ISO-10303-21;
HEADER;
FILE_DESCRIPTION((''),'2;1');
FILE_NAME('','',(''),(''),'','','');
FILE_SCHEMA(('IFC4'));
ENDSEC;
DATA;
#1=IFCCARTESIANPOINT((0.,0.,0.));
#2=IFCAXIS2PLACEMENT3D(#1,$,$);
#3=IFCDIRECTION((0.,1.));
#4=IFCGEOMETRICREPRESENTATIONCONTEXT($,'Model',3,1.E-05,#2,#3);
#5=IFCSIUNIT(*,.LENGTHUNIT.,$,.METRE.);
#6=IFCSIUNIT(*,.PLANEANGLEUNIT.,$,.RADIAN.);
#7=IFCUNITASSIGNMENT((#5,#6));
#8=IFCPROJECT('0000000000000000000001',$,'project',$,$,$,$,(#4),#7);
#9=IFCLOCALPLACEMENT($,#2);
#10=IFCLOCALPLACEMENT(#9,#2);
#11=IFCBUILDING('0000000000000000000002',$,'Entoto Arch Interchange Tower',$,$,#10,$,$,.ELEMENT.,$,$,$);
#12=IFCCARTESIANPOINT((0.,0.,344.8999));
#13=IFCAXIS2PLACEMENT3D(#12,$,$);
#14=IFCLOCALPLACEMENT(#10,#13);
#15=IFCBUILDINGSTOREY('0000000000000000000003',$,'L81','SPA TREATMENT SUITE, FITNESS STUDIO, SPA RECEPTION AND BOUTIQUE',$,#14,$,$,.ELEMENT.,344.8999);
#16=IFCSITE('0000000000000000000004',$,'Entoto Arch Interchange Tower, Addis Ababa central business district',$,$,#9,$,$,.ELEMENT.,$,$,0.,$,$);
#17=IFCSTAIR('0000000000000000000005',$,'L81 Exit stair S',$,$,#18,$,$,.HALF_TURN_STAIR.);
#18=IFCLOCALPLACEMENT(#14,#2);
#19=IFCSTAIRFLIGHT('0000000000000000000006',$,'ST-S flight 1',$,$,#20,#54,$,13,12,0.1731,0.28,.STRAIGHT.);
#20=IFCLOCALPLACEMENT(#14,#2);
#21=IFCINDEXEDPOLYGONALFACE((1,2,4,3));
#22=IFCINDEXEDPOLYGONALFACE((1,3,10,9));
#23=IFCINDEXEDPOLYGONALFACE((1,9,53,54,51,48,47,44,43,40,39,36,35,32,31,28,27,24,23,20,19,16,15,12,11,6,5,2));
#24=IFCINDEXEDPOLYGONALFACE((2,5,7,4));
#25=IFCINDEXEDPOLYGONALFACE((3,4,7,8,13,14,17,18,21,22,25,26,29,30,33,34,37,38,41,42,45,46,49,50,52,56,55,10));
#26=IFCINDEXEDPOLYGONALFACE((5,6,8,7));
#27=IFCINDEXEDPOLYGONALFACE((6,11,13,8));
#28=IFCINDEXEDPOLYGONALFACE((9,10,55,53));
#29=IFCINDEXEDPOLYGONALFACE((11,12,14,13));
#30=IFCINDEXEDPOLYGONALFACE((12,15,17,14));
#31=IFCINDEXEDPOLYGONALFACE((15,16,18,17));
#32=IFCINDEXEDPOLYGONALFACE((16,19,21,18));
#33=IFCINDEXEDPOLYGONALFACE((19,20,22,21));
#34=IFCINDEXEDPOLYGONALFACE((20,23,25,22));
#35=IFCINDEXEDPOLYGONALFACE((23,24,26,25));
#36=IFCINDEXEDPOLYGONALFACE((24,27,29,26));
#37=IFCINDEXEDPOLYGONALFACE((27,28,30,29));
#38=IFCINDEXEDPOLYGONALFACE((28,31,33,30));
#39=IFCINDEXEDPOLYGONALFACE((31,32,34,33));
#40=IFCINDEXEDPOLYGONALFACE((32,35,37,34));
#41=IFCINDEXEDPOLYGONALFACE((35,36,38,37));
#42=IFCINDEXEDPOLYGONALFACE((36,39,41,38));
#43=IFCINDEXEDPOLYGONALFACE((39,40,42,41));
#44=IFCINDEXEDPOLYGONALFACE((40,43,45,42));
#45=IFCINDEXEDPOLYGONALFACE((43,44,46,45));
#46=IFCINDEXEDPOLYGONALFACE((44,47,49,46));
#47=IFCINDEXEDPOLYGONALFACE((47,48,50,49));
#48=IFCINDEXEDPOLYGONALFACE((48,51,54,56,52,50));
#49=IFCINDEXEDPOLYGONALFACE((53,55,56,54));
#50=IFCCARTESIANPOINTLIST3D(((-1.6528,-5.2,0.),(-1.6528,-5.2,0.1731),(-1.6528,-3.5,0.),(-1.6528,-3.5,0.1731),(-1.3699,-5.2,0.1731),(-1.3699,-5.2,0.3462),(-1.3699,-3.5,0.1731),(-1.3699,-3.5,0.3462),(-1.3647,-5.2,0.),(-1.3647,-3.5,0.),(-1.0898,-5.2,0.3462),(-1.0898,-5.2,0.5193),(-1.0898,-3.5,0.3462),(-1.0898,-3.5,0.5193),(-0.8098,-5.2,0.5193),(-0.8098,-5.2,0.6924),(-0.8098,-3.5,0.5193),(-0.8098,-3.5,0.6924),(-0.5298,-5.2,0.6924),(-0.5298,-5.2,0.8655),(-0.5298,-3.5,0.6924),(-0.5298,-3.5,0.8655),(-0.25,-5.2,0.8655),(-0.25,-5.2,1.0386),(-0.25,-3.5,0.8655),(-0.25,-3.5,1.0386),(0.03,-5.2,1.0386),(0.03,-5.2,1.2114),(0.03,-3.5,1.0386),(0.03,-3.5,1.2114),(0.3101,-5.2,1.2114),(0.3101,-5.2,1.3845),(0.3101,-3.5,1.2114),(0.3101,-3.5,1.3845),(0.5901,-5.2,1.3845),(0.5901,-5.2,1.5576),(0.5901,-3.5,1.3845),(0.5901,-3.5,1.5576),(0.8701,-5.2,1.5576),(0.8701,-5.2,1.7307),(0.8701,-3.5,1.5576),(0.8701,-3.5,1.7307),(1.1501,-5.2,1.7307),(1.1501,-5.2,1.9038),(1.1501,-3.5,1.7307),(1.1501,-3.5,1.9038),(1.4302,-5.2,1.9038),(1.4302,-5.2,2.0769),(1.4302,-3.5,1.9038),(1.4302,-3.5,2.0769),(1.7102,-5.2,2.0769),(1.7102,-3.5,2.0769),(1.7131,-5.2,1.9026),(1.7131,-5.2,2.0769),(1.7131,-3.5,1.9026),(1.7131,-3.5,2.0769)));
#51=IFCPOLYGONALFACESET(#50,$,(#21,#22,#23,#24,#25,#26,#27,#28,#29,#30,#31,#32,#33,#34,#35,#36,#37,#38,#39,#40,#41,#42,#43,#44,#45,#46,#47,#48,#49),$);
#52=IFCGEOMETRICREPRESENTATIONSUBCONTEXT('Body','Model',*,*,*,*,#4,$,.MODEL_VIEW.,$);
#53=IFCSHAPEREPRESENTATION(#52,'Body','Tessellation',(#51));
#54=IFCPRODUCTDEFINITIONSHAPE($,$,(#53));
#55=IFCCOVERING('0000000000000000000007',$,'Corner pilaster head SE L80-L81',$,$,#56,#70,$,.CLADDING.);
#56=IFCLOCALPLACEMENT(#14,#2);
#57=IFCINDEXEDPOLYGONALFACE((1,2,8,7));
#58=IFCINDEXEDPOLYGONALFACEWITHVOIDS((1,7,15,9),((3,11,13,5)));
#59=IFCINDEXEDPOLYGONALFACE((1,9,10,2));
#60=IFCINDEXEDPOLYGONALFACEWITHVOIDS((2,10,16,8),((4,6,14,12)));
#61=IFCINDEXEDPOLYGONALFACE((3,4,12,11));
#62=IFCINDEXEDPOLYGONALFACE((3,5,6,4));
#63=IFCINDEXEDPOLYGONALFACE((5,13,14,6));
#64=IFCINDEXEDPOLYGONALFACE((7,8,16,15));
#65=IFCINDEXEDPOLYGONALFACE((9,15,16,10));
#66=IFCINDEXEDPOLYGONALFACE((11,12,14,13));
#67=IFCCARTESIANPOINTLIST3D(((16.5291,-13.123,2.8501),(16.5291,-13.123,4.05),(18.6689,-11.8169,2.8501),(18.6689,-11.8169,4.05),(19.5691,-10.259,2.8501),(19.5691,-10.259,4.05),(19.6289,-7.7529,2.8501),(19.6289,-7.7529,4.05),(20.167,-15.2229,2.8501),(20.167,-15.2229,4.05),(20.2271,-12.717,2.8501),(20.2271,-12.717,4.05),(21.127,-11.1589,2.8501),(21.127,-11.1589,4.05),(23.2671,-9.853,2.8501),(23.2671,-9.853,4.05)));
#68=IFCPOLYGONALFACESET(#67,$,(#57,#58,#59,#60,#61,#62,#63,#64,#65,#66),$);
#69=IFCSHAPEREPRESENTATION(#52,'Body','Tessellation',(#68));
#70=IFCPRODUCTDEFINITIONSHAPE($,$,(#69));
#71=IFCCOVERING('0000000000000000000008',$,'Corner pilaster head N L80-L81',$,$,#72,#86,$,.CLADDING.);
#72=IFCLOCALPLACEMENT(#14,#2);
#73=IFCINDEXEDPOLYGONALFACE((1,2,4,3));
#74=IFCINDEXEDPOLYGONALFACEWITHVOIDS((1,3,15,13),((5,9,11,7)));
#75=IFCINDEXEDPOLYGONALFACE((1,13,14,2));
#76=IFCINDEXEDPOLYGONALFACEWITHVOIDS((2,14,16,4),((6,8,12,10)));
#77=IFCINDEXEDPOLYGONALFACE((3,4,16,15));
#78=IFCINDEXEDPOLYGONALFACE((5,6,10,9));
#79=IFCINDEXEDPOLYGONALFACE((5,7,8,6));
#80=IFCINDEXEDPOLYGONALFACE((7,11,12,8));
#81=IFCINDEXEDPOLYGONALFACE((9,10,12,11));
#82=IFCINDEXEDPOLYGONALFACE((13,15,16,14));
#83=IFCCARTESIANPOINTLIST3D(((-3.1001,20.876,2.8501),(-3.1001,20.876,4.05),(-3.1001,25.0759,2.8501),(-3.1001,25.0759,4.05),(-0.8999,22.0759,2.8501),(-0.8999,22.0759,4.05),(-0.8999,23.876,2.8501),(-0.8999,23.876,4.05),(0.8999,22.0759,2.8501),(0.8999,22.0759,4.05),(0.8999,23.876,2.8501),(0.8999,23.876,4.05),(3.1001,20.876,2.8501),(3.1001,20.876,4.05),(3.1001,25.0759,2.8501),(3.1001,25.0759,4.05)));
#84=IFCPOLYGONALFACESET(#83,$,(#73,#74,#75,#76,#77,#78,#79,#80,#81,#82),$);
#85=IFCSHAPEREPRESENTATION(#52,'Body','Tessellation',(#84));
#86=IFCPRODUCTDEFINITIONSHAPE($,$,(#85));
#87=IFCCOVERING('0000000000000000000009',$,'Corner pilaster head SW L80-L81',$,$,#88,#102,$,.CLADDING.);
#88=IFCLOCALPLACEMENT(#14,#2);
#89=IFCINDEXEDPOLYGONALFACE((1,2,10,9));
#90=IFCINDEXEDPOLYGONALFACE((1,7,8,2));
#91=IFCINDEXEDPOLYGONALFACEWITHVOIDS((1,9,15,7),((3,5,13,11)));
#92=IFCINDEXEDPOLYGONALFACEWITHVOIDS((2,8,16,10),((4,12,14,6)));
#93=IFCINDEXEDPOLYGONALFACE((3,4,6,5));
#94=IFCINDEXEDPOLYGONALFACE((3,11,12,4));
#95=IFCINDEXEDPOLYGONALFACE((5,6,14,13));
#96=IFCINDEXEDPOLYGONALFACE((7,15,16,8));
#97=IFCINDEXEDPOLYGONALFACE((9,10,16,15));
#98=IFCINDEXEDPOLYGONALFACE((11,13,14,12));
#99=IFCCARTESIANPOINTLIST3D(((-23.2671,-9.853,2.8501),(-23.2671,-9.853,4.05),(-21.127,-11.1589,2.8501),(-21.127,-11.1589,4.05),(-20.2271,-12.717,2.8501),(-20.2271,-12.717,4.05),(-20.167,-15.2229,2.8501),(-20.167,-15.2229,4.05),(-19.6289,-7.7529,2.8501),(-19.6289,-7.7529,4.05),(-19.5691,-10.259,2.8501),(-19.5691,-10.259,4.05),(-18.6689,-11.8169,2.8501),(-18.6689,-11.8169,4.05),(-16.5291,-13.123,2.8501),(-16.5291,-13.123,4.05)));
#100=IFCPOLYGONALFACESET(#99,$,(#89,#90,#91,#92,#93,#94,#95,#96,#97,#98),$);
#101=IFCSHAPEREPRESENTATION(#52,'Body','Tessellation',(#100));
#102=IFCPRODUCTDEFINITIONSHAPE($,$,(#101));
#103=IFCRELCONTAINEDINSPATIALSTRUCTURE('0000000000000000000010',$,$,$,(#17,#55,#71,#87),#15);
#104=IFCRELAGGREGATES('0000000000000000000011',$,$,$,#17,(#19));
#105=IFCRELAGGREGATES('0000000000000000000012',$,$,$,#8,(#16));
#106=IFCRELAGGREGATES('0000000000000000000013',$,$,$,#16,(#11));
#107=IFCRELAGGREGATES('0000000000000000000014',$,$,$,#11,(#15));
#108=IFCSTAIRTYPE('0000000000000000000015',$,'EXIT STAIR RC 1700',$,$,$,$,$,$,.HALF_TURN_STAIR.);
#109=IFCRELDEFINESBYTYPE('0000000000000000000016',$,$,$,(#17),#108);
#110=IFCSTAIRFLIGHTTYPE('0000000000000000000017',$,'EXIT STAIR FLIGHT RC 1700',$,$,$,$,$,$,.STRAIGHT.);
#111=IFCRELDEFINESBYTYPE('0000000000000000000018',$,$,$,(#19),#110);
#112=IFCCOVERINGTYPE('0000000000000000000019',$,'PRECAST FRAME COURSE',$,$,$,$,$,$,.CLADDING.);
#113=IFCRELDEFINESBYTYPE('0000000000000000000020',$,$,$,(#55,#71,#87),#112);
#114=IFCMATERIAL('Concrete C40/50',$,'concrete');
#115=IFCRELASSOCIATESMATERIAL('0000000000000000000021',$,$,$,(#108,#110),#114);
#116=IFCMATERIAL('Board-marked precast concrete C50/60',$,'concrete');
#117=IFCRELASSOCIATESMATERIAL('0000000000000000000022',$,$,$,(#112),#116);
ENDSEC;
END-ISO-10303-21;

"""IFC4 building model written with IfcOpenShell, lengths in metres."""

from ifc_helpers import new_model, si_unit, direction, frame, origin, place, context, subcontext, project, spatial, polyline, outline, extrude, material, type_object, element, aggregate, save


model = new_model("IFC4")

# Units and contexts
model_context = context("Model", 3, precision=1e-05, world=origin(), true_north=direction((0.0, 1.0)))
body_context = subcontext(model_context, "Body", "Model", "MODEL_VIEW")
ifc_project = project(units=[si_unit("LENGTHUNIT", "METRE"), si_unit("PLANEANGLEUNIT", "RADIAN")], contexts=[model_context])

# Site, building, storey
site_placement = place(None, origin())
site = spatial("IfcSite", under=ifc_project, at=site_placement, Name="Entoto Arch Interchange Tower, Addis Ababa central business district", CompositionType="ELEMENT", RefElevation=0.0)
building_placement = place(site_placement, origin())
building = spatial("IfcBuilding", under=site, at=building_placement, Name="Entoto Arch Interchange Tower", CompositionType="ELEMENT")
storey_placement = place(building_placement, frame((0.0, 0.0, 344.8999)))
storey = spatial("IfcBuildingStorey", under=building, at=storey_placement, Name="L81", Description="SPA TREATMENT SUITE, FITNESS STUDIO, SPA RECEPTION AND BOUTIQUE", CompositionType="ELEMENT", Elevation=344.8999)

# Shared definitions
ifc_material_1 = material(Name="Concrete C40/50", Category="concrete")

# Stair, stair flight
stair_type = type_object("IfcStairType", Name="EXIT STAIR RC 1700", PredefinedType="HALF_TURN_STAIR", material=ifc_material_1)
stair_placement = place(storey_placement, origin())
stair = element("IfcStair", 1, at=stair_placement, inside=storey, type_object=stair_type, Name="L81 Exit stair S", PredefinedType="HALF_TURN_STAIR")
stair_flight_type = type_object("IfcStairFlightType", Name="EXIT STAIR FLIGHT RC 1700", PredefinedType="STRAIGHT", material=ifc_material_1)
stair_flight_placement = place(storey_placement, frame((-1.6499, -4.3501, 0.0), z_axis=(0.0, 0.0, 1.0), x_axis=(1.0, 0.0, 0.0)))
stair_flight = element("IfcStairFlight", 2, at=stair_flight_placement, type_object=stair_flight_type, Name="ST-S flight 1", NumberOfRisers=13, NumberOfTreads=12, PredefinedType="STRAIGHT", RiserHeight=0.1731, TreadLength=0.28, context=body_context, shape_type="SweptSolid", body=[
    extrude(outline(polyline([(-0.0029, 0.0), (-0.0029, 0.1731), (0.28, 0.1731), (0.28, 0.3462), (0.5601, 0.3462), (0.5601, 0.5193), (0.8401, 0.5193), (0.8401, 0.6924), (1.1201, 0.6924), (1.1201, 0.8655), (1.3999, 0.8655), (1.3999, 1.0386), (1.6799, 1.0386), (1.6799, 1.2114), (1.96, 1.2114), (1.96, 1.3845), (2.24, 1.3845), (2.24, 1.5576), (2.52, 1.5576), (2.52, 1.7307), (2.8, 1.7307), (2.8, 1.9038), (3.0801, 1.9038), (3.0801, 2.0769), (3.3601, 2.0769), (3.363, 2.0769), (3.363, 1.9026), (0.2852, 0.0), (-0.0029, 0.0)])), frame((0.0, 0.8501, 0.0), z_axis=(0.0, -1.0, 0.0), x_axis=(1.0, 0.0, 0.0)), (0.0, 0.0, 1.0), 1.7),
])
aggregate(stair, [stair_flight])

# Coverings
ifc_material_2 = material(Name="Board-marked precast concrete C50/60", Category="concrete")
covering_type = type_object("IfcCoveringType", Name="PRECAST FRAME COURSE", PredefinedType="CLADDING", material=ifc_material_2)
covering_1_placement = place(storey_placement, frame((0.0, 0.0, 2.8501)))
element("IfcCovering", 3, at=covering_1_placement, inside=storey, type_object=covering_type, Name="Corner pilaster head SE L80-L81", PredefinedType="CLADDING", context=body_context, shape_type="SweptSolid", body=[
    extrude(outline(polyline([(23.2671, -9.853), (20.167, -15.2229), (16.5291, -13.123), (19.6289, -7.7529), (23.2671, -9.853)]), holes=[polyline([(18.6689, -11.8169), (20.2271, -12.717), (21.127, -11.1589), (19.5691, -10.259), (18.6689, -11.8169)])]), origin(), (0.0, 0.0, 1.0), 1.2),
])
covering_2_placement = place(storey_placement, frame((0.0, 0.0, 2.8501)))
element("IfcCovering", 4, at=covering_2_placement, inside=storey, type_object=covering_type, Name="Corner pilaster head N L80-L81", PredefinedType="CLADDING", context=body_context, shape_type="SweptSolid", body=[
    extrude(outline(polyline([(-3.1001, 25.0759), (3.1001, 25.0759), (3.1001, 20.876), (-3.1001, 20.876), (-3.1001, 25.0759)]), holes=[polyline([(0.8999, 22.0759), (0.8999, 23.876), (-0.8999, 23.876), (-0.8999, 22.0759), (0.8999, 22.0759)])]), origin(), (0.0, 0.0, 1.0), 1.2),
])
covering_3_placement = place(storey_placement, frame((0.0, 0.0, 2.8501)))
element("IfcCovering", 5, at=covering_3_placement, inside=storey, type_object=covering_type, Name="Corner pilaster head SW L80-L81", PredefinedType="CLADDING", context=body_context, shape_type="SweptSolid", body=[
    extrude(outline(polyline([(-20.167, -15.2229), (-23.2671, -9.853), (-19.6289, -7.7529), (-16.5291, -13.123), (-20.167, -15.2229)]), holes=[polyline([(-19.5691, -10.259), (-21.127, -11.1589), (-20.2271, -12.717), (-18.6689, -11.8169), (-19.5691, -10.259)])]), origin(), (0.0, 0.0, 1.0), 1.2),
])

save(model, "model.ifc")
